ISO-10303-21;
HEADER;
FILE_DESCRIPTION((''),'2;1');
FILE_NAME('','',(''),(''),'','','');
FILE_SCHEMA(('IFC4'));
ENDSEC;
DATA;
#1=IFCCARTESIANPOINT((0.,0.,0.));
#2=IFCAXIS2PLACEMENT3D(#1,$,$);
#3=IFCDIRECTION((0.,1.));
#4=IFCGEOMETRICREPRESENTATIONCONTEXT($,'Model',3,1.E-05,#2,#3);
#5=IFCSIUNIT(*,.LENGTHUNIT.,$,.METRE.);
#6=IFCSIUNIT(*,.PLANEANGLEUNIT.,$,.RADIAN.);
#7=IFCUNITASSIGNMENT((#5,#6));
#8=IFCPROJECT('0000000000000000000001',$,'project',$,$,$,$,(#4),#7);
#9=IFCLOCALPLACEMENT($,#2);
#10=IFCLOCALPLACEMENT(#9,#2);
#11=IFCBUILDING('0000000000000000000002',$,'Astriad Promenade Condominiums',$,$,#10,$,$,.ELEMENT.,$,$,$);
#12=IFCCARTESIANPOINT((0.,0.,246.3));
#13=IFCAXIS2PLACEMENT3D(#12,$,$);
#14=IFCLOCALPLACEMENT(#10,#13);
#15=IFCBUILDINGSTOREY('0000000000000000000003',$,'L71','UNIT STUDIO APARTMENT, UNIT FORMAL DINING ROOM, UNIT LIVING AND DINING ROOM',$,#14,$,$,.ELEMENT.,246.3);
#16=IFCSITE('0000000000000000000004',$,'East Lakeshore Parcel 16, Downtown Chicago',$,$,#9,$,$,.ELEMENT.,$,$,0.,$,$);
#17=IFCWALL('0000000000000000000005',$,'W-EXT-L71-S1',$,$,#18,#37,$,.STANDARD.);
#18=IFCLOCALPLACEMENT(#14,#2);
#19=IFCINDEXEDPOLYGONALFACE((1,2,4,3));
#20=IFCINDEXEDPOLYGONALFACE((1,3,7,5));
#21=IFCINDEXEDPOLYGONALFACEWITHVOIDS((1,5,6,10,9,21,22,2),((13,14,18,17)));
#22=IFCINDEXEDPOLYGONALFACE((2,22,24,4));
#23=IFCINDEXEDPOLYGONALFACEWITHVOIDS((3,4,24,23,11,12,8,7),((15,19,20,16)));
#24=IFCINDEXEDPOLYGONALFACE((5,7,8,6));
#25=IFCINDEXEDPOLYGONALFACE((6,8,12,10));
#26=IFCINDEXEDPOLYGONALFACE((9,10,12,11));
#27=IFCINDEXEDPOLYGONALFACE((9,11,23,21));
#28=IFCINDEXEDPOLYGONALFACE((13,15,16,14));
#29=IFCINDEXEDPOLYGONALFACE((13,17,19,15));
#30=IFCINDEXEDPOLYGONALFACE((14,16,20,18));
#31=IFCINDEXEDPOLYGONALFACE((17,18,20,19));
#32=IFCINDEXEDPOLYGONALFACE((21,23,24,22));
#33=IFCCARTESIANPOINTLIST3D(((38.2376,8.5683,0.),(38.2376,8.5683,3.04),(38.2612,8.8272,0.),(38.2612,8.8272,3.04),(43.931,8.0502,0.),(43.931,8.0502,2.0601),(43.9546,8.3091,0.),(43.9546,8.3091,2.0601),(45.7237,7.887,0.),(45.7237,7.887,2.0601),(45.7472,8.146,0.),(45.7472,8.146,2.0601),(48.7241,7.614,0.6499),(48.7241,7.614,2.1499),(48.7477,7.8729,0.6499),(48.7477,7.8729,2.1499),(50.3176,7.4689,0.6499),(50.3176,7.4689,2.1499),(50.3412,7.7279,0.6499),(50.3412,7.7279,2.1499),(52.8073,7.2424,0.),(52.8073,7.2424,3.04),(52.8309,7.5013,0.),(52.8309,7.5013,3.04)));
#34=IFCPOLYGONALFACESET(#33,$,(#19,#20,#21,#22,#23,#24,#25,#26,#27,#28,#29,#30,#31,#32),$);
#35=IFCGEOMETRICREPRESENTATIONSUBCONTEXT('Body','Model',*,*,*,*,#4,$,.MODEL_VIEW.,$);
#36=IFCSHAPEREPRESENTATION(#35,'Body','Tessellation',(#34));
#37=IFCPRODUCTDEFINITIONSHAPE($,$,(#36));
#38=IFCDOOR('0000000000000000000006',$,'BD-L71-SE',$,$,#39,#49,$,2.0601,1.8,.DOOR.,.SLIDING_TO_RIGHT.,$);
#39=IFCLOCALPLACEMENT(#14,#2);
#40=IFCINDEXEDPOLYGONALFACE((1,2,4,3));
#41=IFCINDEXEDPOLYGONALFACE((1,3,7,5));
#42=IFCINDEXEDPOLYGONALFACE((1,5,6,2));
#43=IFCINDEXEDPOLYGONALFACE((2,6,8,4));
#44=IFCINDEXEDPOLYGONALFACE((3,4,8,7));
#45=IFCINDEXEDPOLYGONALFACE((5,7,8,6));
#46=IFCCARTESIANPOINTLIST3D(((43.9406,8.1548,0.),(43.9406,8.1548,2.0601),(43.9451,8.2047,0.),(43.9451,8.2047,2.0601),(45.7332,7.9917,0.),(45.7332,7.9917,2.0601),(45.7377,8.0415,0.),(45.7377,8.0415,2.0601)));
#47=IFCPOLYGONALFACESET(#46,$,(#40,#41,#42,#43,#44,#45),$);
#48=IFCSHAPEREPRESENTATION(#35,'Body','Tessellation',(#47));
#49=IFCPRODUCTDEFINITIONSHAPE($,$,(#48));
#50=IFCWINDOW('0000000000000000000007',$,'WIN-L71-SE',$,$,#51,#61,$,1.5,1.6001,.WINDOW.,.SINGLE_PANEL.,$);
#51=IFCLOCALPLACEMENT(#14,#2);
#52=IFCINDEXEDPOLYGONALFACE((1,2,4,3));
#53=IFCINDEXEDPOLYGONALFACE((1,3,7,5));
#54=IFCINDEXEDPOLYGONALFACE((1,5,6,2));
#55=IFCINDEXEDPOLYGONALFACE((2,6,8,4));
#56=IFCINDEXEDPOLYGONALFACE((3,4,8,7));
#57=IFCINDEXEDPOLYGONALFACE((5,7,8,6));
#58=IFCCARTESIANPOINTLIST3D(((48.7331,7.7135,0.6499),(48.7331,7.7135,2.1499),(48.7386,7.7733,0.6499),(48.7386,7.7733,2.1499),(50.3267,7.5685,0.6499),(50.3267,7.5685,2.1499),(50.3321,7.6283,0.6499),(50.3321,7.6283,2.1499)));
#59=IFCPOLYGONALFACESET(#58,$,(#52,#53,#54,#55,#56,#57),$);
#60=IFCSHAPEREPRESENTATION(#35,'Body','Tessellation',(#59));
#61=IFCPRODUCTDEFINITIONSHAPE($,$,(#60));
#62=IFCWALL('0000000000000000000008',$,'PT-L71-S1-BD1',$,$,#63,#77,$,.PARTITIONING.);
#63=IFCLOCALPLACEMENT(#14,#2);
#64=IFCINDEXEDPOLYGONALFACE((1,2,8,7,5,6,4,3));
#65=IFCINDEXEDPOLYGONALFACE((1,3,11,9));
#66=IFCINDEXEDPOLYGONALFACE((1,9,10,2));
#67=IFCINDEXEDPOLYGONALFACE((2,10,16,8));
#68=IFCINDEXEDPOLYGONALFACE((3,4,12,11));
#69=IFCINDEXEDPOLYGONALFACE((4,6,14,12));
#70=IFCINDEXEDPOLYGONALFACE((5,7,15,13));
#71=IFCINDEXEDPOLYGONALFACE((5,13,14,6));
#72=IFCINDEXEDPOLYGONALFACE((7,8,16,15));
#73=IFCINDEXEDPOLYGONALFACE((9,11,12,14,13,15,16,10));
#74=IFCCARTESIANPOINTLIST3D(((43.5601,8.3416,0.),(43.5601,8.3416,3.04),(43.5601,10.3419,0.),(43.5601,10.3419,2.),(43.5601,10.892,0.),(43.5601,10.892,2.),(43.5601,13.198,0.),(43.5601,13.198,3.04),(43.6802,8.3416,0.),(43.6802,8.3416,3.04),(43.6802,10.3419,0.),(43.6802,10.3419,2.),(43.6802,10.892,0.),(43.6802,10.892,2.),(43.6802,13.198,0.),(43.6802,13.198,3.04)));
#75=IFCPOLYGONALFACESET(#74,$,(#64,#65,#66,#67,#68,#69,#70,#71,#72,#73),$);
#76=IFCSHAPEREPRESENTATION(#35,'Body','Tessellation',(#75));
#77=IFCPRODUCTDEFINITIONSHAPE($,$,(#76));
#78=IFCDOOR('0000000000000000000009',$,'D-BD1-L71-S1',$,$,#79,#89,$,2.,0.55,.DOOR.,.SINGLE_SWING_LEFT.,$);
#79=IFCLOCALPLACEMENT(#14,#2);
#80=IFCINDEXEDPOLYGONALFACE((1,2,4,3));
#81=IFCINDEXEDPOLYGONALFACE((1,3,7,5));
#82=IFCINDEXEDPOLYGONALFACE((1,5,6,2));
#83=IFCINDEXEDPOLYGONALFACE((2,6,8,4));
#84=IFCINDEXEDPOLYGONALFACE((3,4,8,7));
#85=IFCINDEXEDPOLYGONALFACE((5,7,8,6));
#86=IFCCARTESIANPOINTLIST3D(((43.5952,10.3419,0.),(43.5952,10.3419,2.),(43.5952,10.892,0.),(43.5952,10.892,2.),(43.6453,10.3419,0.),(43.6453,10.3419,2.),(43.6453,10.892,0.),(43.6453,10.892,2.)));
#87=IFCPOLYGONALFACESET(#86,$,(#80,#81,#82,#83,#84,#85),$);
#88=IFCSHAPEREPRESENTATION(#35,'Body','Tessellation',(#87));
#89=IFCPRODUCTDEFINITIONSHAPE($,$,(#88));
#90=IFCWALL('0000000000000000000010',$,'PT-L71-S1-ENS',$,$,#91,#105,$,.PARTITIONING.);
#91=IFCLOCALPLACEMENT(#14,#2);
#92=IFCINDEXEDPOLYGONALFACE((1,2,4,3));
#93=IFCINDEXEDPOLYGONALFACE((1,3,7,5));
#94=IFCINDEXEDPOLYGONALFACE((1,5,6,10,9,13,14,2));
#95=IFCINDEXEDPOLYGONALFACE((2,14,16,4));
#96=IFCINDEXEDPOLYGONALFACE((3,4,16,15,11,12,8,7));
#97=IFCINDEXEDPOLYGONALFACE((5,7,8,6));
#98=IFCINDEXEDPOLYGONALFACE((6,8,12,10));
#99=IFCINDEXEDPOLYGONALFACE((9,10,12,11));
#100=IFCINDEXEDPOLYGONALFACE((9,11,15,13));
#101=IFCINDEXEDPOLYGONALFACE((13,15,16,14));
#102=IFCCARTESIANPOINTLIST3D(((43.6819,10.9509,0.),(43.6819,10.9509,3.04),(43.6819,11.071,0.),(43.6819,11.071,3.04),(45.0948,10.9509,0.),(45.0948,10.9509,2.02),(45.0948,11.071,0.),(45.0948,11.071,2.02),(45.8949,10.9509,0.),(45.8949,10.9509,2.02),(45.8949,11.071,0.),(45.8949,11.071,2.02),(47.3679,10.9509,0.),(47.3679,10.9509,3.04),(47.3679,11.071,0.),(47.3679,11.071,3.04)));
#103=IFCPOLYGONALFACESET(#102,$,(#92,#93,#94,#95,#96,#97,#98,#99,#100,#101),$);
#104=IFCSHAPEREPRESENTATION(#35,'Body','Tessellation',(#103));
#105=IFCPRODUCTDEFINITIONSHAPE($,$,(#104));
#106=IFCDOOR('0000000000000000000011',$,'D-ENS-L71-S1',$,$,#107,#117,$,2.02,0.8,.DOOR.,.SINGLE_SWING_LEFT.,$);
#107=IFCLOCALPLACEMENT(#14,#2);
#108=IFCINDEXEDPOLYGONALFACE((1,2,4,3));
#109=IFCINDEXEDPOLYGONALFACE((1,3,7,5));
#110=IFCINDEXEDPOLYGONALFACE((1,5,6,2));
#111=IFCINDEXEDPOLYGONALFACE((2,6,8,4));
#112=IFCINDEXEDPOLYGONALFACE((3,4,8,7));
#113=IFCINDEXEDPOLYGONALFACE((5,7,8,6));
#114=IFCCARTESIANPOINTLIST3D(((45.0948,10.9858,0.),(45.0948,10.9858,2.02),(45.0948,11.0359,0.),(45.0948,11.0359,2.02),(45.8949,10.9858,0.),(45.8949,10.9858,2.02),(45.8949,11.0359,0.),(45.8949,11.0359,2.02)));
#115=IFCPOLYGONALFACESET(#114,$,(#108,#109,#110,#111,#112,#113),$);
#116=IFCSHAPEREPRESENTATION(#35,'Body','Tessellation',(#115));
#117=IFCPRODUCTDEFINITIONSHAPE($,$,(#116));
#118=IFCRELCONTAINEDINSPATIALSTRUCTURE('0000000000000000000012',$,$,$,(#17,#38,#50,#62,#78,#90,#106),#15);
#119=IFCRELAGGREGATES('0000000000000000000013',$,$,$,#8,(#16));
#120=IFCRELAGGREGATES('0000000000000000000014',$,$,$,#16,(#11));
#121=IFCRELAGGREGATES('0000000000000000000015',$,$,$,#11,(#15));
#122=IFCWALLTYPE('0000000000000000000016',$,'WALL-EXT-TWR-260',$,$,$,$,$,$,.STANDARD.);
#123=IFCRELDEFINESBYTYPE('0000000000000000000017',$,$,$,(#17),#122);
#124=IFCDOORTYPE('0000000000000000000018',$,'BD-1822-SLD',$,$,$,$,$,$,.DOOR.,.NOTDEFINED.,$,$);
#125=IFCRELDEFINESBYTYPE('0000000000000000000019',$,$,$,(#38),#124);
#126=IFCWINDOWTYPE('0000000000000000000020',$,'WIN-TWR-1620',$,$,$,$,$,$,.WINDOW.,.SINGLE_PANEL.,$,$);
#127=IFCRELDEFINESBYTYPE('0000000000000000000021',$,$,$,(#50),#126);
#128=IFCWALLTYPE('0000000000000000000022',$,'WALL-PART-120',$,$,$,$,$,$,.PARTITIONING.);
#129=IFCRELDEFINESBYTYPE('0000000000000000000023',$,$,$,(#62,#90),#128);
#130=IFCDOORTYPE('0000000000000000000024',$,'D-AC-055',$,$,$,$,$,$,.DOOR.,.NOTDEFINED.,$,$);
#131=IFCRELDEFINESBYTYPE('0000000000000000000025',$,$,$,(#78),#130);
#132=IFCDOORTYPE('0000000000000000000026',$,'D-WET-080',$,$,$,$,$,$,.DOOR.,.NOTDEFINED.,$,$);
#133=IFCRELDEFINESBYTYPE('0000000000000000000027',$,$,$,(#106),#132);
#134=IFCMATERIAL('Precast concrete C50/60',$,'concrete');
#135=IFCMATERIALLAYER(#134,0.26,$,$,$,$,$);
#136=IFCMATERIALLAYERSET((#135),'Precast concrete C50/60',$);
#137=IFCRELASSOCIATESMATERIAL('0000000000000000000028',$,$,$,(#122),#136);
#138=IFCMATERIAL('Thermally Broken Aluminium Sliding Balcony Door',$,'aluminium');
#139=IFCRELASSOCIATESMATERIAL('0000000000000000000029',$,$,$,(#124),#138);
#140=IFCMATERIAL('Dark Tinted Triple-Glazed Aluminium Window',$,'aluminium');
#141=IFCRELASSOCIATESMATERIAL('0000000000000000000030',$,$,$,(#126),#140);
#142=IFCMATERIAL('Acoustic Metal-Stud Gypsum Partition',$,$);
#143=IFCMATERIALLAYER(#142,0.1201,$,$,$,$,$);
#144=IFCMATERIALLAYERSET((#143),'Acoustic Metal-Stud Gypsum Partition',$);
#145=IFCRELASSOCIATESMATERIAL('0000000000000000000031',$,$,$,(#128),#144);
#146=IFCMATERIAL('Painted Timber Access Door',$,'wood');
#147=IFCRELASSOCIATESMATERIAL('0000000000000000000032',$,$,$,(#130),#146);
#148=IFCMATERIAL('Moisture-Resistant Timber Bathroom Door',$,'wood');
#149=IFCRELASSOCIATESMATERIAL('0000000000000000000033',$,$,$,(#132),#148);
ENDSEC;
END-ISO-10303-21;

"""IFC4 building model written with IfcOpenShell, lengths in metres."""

from ifc_helpers import new_model, si_unit, direction, frame, frame_2d, origin, place, context, subcontext, project, spatial, rectangle, extrude, source, transform, mapped, material, layer, layer_set, type_object, type_shapes, element, fill, save


model = new_model("IFC4")

# Units and contexts
model_context = context("Model", 3, precision=1e-05, world=origin(), true_north=direction((0.0, 1.0)))
body_context = subcontext(model_context, "Body", "Model", "MODEL_VIEW")
ifc_project = project(units=[si_unit("LENGTHUNIT", "METRE"), si_unit("PLANEANGLEUNIT", "RADIAN")], contexts=[model_context])

# Site, building, storey
site_placement = place(None, origin())
site = spatial("IfcSite", under=ifc_project, at=site_placement, Name="East Lakeshore Parcel 16, Downtown Chicago", CompositionType="ELEMENT", RefElevation=0.0)
building_placement = place(site_placement, origin())
building = spatial("IfcBuilding", under=site, at=building_placement, Name="Astriad Promenade Condominiums", CompositionType="ELEMENT")
storey_placement = place(building_placement, frame((0.0, 0.0, 246.3)))
storey = spatial("IfcBuildingStorey", under=building, at=storey_placement, Name="L71", Description="UNIT STUDIO APARTMENT, UNIT FORMAL DINING ROOM, UNIT LIVING AND DINING ROOM", CompositionType="ELEMENT", Elevation=246.3)

# Shared definitions
ifc_material_1 = material(Name="Precast concrete C50/60", Category="concrete")
ifc_layer_1 = layer(ifc_material_1, 0.26)
ifc_layer_set_1 = layer_set([ifc_layer_1], Name="Precast concrete C50/60")
wall_type_1 = type_object("IfcWallType", Name="WALL-EXT-TWR-260", PredefinedType="STANDARD", material=ifc_layer_set_1)

# Wall, openings, door, window
wall_1_placement = place(storey_placement, frame((52.8191, 7.3718, 0.0), z_axis=(0.0, 0.0, 1.0), x_axis=(-0.995884, 0.090632, 0.0)))
wall_1 = element("IfcWall", 1, at=wall_1_placement, inside=storey, type_object=wall_type_1, Name="W-EXT-L71-S1", PredefinedType="STANDARD", context=body_context, shape_type="SweptSolid", body=[
    extrude(rectangle(XDim=14.6299, YDim=0.26, at=frame_2d((7.3149, 0.0))), origin(), (0.0, 0.0, 1.0), 3.04),
])
opening_1_placement = place(wall_1_placement, frame((7.113, 0.0, 0.0)))
opening_1 = element("IfcOpeningElement", 2, at=opening_1_placement, cuts=wall_1, PredefinedType="OPENING", context=body_context, shape_type="SweptSolid", body=[
    extrude(rectangle(XDim=1.8, YDim=2.0601, at=frame_2d((0.8999, 1.03))), frame((0.0, 0.1399, 0.0), z_axis=(0.0, -1.0, 0.0), x_axis=(1.0, 0.0, 0.0)), (0.0, 0.0, 1.0), 0.28),
])
opening_2_placement = place(wall_1_placement, frame((2.5, 0.0, 0.6499)))
opening_2 = element("IfcOpeningElement", 3, at=opening_2_placement, cuts=wall_1, PredefinedType="OPENING", context=body_context, shape_type="SweptSolid", body=[
    extrude(rectangle(XDim=1.6001, YDim=1.5, at=frame_2d((0.8, 0.75))), frame((0.0, 0.1399, 0.0), z_axis=(0.0, -1.0, 0.0), x_axis=(1.0, 0.0, 0.0)), (0.0, 0.0, 1.0), 0.28),
])
ifc_material_2 = material(Name="Thermally Broken Aluminium Sliding Balcony Door", Category="aluminium")
door_type_1 = type_object("IfcDoorType", Name="BD-1822-SLD", OperationType="NOTDEFINED", PredefinedType="DOOR", material=ifc_material_2)
shared_shape_1 = source(origin(), body_context, "Body", "SweptSolid", [
    extrude(rectangle(XDim=1.8, YDim=2.0601, at=frame_2d((0.8999, 1.03))), frame((0.0, 0.0249, 0.0), z_axis=(0.0, -1.0, 0.0), x_axis=(1.0, 0.0, 0.0)), (0.0, 0.0, 1.0), 0.05),
])
type_shapes(door_type_1, [shared_shape_1])
door_1_placement = place(opening_1_placement, origin())
door_1 = element("IfcDoor", 4, at=door_1_placement, inside=storey, type_object=door_type_1, Name="BD-L71-SE", OperationType="SLIDING_TO_RIGHT", OverallHeight=2.0601, OverallWidth=1.8, PredefinedType="DOOR", context=body_context, shape_type="MappedRepresentation", body=[
    mapped(shared_shape_1, transform((0.0, 0.0, 0.0), scale=1.0)),
])
fill(opening_1, door_1)
ifc_material_3 = material(Name="Dark Tinted Triple-Glazed Aluminium Window", Category="aluminium")
window_type = type_object("IfcWindowType", Name="WIN-TWR-1620", PartitioningType="SINGLE_PANEL", PredefinedType="WINDOW", material=ifc_material_3)
shared_shape_2 = source(origin(), body_context, "Body", "SweptSolid", [
    extrude(rectangle(XDim=1.6001, YDim=1.5, at=frame_2d((0.8, 0.75))), frame((0.0, 0.03, 0.0), z_axis=(0.0, -1.0, 0.0), x_axis=(1.0, 0.0, 0.0)), (0.0, 0.0, 1.0), 0.0601),
])
type_shapes(window_type, [shared_shape_2])
window_placement = place(opening_2_placement, origin())
window = element("IfcWindow", 5, at=window_placement, inside=storey, type_object=window_type, Name="WIN-L71-SE", OverallHeight=1.5, OverallWidth=1.6001, PartitioningType="SINGLE_PANEL", PredefinedType="WINDOW", context=body_context, shape_type="MappedRepresentation", body=[
    mapped(shared_shape_2, transform((0.0, 0.0, 0.0), scale=1.0)),
])
fill(opening_2, window)

# Walls, openings, doors
ifc_material_4 = material(Name="Acoustic Metal-Stud Gypsum Partition")
ifc_layer_2 = layer(ifc_material_4, 0.1201)
ifc_layer_set_2 = layer_set([ifc_layer_2], Name="Acoustic Metal-Stud Gypsum Partition")
wall_type_2 = type_object("IfcWallType", Name="WALL-PART-120", PredefinedType="PARTITIONING", material=ifc_layer_set_2)
wall_2_placement = place(storey_placement, frame((43.6201, 8.3416, 0.0), z_axis=(0.0, 0.0, 1.0), x_axis=(0.0, 1.0, 0.0)))
wall_2 = element("IfcWall", 6, at=wall_2_placement, inside=storey, type_object=wall_type_2, Name="PT-L71-S1-BD1", PredefinedType="PARTITIONING", context=body_context, shape_type="SweptSolid", body=[
    extrude(rectangle(XDim=4.8564, YDim=0.1201, at=frame_2d((2.4282, 0.0))), origin(), (0.0, 0.0, 1.0), 3.04),
])
opening_3_placement = place(wall_2_placement, frame((2.0005, 0.0, 0.0)))
opening_3 = element("IfcOpeningElement", 7, at=opening_3_placement, cuts=wall_2, PredefinedType="OPENING", context=body_context, shape_type="SweptSolid", body=[
    extrude(rectangle(XDim=0.55, YDim=2.0, at=frame_2d((0.2749, 1.0))), frame((0.0, 0.0701, 0.0), z_axis=(0.0, -1.0, 0.0), x_axis=(1.0, 0.0, 0.0)), (0.0, 0.0, 1.0), 0.1401),
])
ifc_material_5 = material(Name="Painted Timber Access Door", Category="wood")
door_type_2 = type_object("IfcDoorType", Name="D-AC-055", OperationType="NOTDEFINED", PredefinedType="DOOR", material=ifc_material_5)
shared_shape_3 = source(origin(), body_context, "Body", "SweptSolid", [
    extrude(rectangle(XDim=0.55, YDim=2.0, at=frame_2d((0.2749, 1.0))), frame((0.0, 0.0249, 0.0), z_axis=(0.0, -1.0, 0.0), x_axis=(1.0, 0.0, 0.0)), (0.0, 0.0, 1.0), 0.05),
])
type_shapes(door_type_2, [shared_shape_3])
door_2_placement = place(opening_3_placement, origin())
door_2 = element("IfcDoor", 8, at=door_2_placement, inside=storey, type_object=door_type_2, Name="D-BD1-L71-S1", OperationType="SINGLE_SWING_LEFT", OverallHeight=2.0, OverallWidth=0.55, PredefinedType="DOOR", context=body_context, shape_type="MappedRepresentation", body=[
    mapped(shared_shape_3, transform((0.0, 0.0, 0.0), scale=1.0)),
])
fill(opening_3, door_2)
wall_3_placement = place(storey_placement, frame((43.6819, 11.011, 0.0), z_axis=(0.0, 0.0, 1.0), x_axis=(1.0, 0.0, 0.0)))
wall_3 = element("IfcWall", 9, at=wall_3_placement, inside=storey, type_object=wall_type_2, Name="PT-L71-S1-ENS", PredefinedType="PARTITIONING", context=body_context, shape_type="SweptSolid", body=[
    extrude(rectangle(XDim=3.686, YDim=0.1201, at=frame_2d((1.843, 0.0))), origin(), (0.0, 0.0, 1.0), 3.04),
])
opening_4_placement = place(wall_3_placement, frame((1.4131, 0.0, 0.0)))
opening_4 = element("IfcOpeningElement", 10, at=opening_4_placement, cuts=wall_3, PredefinedType="OPENING", context=body_context, shape_type="SweptSolid", body=[
    extrude(rectangle(XDim=0.8, YDim=2.02, at=frame_2d((0.3999, 1.01))), frame((0.0, 0.0701, 0.0), z_axis=(0.0, -1.0, 0.0), x_axis=(1.0, 0.0, 0.0)), (0.0, 0.0, 1.0), 0.1401),
])
ifc_material_6 = material(Name="Moisture-Resistant Timber Bathroom Door", Category="wood")
door_type_3 = type_object("IfcDoorType", Name="D-WET-080", OperationType="NOTDEFINED", PredefinedType="DOOR", material=ifc_material_6)
shared_shape_4 = source(origin(), body_context, "Body", "SweptSolid", [
    extrude(rectangle(XDim=0.8, YDim=2.02, at=frame_2d((0.3999, 1.01))), frame((0.0, 0.0249, 0.0), z_axis=(0.0, -1.0, 0.0), x_axis=(1.0, 0.0, 0.0)), (0.0, 0.0, 1.0), 0.05),
])
type_shapes(door_type_3, [shared_shape_4])
door_3_placement = place(opening_4_placement, origin())
door_3 = element("IfcDoor", 11, at=door_3_placement, inside=storey, type_object=door_type_3, Name="D-ENS-L71-S1", OperationType="SINGLE_SWING_LEFT", OverallHeight=2.02, OverallWidth=0.8, PredefinedType="DOOR", context=body_context, shape_type="MappedRepresentation", body=[
    mapped(shared_shape_4, transform((0.0, 0.0, 0.0), scale=1.0)),
])
fill(opening_4, door_3)

save(model, "model.ifc")
